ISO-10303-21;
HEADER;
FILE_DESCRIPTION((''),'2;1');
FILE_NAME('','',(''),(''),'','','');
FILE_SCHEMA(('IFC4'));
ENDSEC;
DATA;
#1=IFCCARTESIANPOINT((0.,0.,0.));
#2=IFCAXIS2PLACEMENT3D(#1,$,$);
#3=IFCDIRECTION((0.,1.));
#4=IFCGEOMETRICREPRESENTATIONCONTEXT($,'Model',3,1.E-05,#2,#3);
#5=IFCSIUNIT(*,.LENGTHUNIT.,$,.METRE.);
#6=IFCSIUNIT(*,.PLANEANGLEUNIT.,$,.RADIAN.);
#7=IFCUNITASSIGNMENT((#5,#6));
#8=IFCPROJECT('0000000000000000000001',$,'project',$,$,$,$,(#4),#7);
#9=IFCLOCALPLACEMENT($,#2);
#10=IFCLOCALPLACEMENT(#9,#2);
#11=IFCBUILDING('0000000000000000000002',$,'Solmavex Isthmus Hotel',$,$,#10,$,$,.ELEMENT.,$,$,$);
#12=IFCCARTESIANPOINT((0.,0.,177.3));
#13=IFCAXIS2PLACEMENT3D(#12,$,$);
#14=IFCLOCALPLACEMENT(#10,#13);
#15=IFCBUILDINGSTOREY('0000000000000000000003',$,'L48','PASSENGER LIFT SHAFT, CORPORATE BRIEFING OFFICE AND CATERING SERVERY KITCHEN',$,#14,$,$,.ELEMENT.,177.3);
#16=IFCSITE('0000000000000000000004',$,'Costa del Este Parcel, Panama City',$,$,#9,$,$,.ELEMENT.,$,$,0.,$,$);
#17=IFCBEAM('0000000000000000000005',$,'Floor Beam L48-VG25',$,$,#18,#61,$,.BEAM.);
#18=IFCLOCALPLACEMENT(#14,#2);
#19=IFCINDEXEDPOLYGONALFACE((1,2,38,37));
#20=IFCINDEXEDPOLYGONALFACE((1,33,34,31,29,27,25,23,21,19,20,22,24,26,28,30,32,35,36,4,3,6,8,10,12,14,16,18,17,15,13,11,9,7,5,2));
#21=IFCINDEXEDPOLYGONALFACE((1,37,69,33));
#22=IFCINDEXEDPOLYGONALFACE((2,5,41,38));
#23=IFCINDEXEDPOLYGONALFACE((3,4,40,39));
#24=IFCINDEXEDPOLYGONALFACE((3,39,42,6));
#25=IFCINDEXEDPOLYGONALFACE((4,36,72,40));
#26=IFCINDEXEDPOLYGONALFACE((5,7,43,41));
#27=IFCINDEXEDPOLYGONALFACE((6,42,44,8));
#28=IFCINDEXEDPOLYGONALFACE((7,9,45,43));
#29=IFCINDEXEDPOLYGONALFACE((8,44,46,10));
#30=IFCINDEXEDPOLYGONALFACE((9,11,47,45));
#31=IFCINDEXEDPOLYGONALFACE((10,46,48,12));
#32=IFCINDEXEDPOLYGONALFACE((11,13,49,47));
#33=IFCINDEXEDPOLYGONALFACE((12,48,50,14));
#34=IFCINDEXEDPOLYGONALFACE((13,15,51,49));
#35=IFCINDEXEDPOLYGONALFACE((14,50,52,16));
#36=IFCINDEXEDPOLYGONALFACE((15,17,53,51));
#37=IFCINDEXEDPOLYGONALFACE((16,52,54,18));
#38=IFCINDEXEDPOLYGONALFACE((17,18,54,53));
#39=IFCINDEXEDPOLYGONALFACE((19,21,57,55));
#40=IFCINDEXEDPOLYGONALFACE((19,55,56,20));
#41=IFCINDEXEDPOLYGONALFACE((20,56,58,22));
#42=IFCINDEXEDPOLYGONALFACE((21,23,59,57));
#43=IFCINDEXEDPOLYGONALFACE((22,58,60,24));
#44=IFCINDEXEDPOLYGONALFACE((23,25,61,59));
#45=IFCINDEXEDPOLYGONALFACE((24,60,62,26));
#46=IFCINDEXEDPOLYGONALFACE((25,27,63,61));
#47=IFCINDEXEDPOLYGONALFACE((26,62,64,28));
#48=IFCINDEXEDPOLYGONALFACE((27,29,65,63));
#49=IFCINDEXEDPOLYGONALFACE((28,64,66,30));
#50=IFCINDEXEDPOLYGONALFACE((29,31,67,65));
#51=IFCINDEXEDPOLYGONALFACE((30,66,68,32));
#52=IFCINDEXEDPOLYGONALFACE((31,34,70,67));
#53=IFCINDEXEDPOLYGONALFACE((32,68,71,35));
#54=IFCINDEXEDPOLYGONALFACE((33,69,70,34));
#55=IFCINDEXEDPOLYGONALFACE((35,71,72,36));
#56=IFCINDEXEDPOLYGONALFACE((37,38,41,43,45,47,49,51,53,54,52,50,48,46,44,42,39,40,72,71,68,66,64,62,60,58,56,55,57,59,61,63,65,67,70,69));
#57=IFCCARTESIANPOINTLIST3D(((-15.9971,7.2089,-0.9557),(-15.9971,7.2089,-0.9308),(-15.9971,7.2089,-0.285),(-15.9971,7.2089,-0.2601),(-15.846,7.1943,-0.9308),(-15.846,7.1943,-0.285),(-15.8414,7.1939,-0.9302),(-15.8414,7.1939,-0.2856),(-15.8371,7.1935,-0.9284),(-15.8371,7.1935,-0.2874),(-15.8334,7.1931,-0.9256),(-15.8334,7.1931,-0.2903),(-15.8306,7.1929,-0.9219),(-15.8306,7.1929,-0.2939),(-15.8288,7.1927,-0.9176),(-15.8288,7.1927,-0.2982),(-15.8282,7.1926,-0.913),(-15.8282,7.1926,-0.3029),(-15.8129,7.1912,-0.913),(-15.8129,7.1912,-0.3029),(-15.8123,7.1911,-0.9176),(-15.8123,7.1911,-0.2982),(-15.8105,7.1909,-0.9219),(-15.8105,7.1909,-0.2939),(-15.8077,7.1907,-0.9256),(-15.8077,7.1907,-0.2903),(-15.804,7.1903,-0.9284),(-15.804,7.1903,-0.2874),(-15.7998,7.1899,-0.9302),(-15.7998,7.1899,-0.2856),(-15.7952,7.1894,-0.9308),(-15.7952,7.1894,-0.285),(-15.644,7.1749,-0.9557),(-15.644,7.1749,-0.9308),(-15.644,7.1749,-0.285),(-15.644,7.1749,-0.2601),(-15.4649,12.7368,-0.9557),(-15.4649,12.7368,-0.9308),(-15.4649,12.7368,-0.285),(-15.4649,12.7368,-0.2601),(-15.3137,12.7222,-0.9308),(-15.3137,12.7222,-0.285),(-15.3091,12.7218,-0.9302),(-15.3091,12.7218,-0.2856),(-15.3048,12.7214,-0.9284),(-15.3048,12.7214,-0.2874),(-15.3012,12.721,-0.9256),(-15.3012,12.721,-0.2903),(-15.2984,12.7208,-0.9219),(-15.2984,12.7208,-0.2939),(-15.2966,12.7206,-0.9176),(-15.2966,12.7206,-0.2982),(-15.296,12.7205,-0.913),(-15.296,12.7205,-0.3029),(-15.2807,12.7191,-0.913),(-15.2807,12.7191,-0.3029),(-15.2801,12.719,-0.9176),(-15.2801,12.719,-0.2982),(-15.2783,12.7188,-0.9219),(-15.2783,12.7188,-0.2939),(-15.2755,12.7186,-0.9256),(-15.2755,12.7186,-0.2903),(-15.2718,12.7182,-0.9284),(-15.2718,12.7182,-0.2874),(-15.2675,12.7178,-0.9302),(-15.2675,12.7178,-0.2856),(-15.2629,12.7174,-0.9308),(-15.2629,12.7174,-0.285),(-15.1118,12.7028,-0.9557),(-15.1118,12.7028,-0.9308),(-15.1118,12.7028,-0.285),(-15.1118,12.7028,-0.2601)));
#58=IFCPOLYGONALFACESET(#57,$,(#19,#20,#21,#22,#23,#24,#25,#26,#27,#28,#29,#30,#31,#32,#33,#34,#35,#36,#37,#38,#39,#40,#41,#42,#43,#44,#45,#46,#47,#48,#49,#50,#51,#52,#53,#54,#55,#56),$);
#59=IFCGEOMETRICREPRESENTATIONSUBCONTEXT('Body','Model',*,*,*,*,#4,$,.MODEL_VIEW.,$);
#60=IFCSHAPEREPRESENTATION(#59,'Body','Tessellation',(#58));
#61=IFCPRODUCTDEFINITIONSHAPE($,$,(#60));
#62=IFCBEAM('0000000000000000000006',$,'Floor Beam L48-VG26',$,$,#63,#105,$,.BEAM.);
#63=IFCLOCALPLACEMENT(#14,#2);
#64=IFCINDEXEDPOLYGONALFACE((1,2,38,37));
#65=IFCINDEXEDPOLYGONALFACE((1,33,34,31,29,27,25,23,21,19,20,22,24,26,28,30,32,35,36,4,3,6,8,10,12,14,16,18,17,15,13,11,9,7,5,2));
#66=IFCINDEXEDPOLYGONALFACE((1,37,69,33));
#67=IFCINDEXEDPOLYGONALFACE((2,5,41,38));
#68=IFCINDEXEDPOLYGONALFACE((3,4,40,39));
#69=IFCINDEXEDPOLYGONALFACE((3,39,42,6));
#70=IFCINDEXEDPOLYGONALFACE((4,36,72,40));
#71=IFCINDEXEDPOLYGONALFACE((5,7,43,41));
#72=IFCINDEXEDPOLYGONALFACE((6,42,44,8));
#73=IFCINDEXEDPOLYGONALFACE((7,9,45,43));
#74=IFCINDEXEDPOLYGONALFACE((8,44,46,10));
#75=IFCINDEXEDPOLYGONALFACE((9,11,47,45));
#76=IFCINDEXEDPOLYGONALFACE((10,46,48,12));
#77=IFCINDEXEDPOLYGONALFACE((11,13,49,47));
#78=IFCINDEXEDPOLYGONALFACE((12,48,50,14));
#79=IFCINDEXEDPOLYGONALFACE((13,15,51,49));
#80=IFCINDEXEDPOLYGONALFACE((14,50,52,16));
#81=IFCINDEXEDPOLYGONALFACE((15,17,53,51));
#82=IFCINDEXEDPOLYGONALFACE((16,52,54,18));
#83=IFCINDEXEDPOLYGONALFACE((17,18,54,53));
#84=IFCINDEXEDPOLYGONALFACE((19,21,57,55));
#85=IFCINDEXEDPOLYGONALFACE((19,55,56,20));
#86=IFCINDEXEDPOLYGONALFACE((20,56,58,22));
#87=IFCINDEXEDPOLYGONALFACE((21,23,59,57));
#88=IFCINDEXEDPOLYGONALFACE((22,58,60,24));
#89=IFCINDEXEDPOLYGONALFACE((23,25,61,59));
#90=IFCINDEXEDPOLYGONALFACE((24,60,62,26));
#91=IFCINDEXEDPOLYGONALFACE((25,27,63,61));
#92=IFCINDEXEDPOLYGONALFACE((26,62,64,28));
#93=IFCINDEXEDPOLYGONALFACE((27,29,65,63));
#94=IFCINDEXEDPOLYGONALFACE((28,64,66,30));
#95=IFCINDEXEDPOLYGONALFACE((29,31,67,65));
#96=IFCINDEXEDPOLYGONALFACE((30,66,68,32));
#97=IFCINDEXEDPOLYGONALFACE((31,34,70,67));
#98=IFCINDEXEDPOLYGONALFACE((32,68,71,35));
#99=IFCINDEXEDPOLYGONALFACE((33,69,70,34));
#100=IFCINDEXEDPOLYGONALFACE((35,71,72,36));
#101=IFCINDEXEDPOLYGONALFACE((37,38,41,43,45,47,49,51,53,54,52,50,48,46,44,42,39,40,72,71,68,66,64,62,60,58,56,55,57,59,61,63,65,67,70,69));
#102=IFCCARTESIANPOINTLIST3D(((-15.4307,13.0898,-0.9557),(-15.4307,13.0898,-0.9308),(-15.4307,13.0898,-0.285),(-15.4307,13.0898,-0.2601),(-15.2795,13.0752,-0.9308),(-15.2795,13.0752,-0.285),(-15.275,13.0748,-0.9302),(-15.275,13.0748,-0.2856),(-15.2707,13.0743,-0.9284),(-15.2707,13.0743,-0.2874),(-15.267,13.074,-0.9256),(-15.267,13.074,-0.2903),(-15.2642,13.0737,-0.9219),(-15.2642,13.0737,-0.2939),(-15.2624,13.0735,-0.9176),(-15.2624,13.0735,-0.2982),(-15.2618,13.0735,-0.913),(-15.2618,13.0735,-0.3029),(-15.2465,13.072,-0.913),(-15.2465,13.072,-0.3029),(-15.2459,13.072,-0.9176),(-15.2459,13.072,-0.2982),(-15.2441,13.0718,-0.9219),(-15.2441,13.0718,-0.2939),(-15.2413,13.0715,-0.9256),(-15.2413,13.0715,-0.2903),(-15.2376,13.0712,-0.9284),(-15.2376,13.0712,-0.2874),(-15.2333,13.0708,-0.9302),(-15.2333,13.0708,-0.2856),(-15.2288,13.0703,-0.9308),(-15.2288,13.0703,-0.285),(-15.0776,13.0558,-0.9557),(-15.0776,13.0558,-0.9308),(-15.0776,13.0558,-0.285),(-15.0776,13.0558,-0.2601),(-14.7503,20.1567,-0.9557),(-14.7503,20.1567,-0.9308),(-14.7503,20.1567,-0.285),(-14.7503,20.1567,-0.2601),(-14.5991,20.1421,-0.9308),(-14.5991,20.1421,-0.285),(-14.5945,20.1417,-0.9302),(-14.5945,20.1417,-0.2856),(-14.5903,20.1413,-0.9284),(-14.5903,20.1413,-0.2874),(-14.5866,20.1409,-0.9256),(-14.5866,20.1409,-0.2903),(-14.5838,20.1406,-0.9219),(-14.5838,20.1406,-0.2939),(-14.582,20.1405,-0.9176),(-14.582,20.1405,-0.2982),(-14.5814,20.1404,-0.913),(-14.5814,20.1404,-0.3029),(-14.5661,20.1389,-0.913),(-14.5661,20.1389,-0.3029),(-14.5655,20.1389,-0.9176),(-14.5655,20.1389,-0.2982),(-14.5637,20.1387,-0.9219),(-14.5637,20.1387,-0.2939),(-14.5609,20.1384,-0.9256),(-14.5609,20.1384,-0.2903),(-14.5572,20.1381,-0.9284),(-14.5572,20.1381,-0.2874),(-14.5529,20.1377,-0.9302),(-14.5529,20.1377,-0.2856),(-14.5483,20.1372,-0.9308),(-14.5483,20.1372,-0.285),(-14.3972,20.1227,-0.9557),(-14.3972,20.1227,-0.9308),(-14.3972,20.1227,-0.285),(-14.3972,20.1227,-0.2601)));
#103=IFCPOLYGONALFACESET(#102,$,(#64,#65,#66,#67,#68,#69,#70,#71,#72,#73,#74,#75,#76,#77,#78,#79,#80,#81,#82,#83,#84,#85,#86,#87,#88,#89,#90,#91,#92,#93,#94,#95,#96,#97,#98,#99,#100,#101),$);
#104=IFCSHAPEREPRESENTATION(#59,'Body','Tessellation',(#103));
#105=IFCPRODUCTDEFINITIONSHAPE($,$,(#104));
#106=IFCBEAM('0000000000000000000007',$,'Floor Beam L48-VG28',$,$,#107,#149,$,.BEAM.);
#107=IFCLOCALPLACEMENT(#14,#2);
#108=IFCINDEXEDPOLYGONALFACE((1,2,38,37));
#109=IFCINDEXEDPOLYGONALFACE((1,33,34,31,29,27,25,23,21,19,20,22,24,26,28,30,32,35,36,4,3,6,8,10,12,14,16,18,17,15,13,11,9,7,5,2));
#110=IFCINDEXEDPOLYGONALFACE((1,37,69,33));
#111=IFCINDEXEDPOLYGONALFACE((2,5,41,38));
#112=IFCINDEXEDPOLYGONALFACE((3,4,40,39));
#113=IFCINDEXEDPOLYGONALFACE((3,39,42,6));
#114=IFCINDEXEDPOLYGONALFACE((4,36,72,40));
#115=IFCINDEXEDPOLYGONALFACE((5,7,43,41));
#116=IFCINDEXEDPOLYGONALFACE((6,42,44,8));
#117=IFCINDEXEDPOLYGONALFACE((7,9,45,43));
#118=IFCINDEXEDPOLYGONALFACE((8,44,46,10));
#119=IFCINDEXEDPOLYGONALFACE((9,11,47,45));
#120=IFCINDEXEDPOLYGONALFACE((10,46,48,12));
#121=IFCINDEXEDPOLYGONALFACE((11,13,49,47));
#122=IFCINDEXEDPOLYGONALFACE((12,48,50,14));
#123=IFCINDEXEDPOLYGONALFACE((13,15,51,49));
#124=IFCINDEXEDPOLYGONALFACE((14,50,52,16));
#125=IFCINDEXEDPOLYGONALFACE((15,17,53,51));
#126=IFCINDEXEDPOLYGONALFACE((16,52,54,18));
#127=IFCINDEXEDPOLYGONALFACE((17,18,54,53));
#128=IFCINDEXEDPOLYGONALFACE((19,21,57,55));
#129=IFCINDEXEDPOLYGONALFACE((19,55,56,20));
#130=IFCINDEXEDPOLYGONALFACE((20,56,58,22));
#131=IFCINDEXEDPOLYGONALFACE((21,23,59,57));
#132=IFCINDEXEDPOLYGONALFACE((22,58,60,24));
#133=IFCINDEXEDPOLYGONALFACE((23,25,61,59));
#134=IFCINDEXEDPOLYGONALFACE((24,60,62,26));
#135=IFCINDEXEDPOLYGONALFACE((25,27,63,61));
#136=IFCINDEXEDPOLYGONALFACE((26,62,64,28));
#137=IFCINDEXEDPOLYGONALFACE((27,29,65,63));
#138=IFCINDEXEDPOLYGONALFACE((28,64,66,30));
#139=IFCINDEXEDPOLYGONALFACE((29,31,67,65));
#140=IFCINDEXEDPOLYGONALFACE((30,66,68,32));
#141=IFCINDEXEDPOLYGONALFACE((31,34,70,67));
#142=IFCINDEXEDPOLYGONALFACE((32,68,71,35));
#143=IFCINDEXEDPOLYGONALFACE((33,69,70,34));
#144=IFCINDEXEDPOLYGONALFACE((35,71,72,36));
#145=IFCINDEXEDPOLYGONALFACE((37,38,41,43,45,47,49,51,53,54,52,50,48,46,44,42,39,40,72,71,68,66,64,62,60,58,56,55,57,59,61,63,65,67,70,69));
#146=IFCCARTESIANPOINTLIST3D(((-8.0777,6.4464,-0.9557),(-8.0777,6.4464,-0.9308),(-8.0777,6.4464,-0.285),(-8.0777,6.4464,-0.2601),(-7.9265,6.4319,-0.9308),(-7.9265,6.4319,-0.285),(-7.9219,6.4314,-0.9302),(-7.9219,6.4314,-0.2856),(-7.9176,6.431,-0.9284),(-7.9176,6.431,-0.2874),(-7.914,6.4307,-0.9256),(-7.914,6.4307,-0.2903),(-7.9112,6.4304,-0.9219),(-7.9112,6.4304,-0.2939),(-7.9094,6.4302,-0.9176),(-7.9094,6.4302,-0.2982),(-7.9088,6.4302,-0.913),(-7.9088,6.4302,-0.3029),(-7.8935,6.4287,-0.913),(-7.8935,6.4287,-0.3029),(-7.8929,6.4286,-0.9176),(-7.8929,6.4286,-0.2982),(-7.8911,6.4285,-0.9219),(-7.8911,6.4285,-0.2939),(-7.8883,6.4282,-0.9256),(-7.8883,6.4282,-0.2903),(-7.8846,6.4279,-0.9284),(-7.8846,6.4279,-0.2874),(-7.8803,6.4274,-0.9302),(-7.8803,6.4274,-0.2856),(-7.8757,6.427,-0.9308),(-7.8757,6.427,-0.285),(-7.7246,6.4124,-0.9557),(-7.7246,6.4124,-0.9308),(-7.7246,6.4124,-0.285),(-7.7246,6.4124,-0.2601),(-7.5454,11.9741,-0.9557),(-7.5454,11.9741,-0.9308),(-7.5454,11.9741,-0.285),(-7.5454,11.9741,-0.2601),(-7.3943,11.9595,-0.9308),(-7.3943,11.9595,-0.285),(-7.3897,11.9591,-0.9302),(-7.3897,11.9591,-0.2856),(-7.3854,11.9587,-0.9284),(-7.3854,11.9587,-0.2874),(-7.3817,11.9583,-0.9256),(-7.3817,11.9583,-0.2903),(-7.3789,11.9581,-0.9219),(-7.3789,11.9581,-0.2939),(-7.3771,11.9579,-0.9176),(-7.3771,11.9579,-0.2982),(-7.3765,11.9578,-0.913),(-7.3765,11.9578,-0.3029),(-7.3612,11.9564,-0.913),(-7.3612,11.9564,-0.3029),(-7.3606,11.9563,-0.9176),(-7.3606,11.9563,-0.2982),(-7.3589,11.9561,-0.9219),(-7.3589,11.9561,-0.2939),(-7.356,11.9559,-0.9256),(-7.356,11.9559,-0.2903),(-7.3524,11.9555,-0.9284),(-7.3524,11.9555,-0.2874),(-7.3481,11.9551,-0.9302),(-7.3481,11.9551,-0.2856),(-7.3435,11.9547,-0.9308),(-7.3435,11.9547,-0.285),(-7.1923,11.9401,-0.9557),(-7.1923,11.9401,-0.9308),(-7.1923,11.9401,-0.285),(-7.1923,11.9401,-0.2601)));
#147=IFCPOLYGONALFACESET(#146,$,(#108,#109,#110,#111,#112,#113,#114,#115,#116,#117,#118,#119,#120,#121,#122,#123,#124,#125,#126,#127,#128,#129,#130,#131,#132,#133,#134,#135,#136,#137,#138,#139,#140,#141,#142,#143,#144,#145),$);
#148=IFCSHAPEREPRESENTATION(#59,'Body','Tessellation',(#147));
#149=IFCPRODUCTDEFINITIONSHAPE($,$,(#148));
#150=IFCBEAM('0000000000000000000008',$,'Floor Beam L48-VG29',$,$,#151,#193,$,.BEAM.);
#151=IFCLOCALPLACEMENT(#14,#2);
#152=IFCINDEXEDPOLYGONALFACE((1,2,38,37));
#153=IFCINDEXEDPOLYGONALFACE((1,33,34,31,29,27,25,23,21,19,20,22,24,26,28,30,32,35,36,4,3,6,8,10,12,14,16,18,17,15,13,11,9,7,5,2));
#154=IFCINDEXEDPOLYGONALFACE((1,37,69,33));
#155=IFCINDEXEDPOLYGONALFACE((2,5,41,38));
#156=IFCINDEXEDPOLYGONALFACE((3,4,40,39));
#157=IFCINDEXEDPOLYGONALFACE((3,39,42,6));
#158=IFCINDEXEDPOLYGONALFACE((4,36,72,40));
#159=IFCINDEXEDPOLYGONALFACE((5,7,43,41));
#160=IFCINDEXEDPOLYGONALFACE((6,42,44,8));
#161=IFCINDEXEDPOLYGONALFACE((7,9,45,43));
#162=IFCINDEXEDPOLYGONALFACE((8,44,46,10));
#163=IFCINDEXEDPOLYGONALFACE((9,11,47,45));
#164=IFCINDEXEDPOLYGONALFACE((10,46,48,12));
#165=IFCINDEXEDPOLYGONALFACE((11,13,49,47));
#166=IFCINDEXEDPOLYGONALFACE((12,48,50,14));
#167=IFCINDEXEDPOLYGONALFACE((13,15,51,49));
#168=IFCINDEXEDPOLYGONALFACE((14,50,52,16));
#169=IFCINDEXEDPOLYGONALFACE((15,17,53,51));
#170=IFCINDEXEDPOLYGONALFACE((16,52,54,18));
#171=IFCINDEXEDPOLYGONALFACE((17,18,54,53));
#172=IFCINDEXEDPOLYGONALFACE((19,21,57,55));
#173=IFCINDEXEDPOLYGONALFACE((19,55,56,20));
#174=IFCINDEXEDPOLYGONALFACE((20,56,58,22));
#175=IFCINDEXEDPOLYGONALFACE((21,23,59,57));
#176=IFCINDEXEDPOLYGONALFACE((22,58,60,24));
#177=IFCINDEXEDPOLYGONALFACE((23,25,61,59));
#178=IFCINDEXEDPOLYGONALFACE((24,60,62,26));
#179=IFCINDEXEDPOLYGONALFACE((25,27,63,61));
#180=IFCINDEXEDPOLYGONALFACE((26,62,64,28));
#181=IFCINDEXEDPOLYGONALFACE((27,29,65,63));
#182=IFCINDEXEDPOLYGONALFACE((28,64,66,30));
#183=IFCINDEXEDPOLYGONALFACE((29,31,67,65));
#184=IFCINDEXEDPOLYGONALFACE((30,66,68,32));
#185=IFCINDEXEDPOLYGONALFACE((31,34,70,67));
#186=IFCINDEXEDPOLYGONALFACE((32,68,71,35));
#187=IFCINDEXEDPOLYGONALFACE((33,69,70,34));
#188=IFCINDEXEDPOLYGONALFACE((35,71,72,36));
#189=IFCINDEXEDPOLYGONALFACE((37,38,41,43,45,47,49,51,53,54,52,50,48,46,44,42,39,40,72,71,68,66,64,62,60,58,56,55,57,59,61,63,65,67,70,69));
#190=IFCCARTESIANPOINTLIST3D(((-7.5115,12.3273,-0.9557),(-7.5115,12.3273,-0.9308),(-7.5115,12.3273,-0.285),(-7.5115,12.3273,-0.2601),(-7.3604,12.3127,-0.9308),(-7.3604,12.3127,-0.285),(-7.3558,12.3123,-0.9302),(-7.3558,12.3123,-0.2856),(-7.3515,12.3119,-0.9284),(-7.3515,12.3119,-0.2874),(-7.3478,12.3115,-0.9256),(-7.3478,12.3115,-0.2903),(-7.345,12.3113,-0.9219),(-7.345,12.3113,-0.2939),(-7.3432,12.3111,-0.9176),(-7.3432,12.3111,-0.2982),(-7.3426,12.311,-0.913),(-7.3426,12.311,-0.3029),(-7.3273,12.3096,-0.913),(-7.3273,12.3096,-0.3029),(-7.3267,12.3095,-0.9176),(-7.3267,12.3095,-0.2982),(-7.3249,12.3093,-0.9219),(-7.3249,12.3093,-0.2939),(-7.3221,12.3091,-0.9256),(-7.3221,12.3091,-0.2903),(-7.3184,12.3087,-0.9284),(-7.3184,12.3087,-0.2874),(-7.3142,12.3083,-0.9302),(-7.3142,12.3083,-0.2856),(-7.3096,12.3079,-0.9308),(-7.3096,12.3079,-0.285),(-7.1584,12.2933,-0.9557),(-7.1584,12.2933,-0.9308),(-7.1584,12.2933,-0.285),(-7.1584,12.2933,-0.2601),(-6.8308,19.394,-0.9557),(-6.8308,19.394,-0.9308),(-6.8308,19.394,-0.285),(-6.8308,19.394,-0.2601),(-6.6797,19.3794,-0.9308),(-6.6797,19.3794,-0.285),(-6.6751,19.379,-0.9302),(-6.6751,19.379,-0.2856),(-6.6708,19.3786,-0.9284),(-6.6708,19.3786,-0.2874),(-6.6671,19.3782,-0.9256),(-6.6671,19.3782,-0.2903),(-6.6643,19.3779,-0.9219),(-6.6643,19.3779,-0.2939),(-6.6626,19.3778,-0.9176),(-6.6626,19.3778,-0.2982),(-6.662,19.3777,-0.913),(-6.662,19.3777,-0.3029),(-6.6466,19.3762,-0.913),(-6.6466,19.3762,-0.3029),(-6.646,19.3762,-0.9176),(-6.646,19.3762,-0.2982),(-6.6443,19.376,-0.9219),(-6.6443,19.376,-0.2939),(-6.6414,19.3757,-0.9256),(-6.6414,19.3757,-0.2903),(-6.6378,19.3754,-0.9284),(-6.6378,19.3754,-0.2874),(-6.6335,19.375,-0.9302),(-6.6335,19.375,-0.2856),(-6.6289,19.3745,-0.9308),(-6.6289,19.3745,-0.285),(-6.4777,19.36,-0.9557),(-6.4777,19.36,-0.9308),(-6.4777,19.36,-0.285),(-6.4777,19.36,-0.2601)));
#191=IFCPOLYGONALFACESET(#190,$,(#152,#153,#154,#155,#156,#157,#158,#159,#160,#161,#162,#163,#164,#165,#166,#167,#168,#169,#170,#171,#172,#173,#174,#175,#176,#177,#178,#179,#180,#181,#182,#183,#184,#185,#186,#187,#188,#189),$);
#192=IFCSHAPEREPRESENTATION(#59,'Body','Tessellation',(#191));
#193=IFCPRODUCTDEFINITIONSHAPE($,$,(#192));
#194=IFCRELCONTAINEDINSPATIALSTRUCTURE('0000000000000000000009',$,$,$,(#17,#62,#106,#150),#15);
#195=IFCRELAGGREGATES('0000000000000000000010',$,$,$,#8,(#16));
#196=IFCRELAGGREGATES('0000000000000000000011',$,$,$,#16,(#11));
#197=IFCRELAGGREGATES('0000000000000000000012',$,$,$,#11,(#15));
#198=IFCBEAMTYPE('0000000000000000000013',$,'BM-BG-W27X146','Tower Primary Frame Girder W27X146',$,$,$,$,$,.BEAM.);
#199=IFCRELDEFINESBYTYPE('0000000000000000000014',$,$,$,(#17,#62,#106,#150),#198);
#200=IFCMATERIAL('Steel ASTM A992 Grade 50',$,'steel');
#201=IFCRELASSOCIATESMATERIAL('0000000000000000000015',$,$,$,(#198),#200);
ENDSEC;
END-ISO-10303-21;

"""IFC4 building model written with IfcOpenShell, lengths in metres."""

from ifc_helpers import new_model, si_unit, direction, frame, origin, origin_2d, place, context, subcontext, project, spatial, i_section, extrude, material, material_profile, profile_set, type_object, element, save


model = new_model("IFC4")

# Units and contexts
model_context = context("Model", 3, precision=1e-05, world=origin(), true_north=direction((0.0, 1.0)))
body_context = subcontext(model_context, "Body", "Model", "MODEL_VIEW")
ifc_project = project(units=[si_unit("LENGTHUNIT", "METRE"), si_unit("PLANEANGLEUNIT", "RADIAN")], contexts=[model_context])

# Site, building, storey
site_placement = place(None, origin())
site = spatial("IfcSite", under=ifc_project, at=site_placement, Name="Costa del Este Parcel, Panama City", CompositionType="ELEMENT", RefElevation=0.0)
building_placement = place(site_placement, origin())
building = spatial("IfcBuilding", under=site, at=building_placement, Name="Solmavex Isthmus Hotel", CompositionType="ELEMENT")
storey_placement = place(building_placement, frame((0.0, 0.0, 177.3)))
storey = spatial("IfcBuildingStorey", under=building, at=storey_placement, Name="L48", Description="PASSENGER LIFT SHAFT, CORPORATE BRIEFING OFFICE AND CATERING SERVERY KITCHEN", CompositionType="ELEMENT", Elevation=177.3)

# Beams
ifc_material_1 = material(Name="Steel ASTM A992 Grade 50", Category="steel")
ifc_material_profile_1 = material_profile(ifc_material_1, i_section(OverallWidth=0.3547, OverallDepth=0.6956, WebThickness=0.0154, FlangeThickness=0.0249, FilletRadius=0.0178, at=origin_2d()), Name="W27X146")
ifc_profile_set_1 = profile_set([ifc_material_profile_1], Name="Steel ASTM A992 Grade 50")
beam_type_1 = type_object("IfcBeamType", Name="BM-BG-W27X146", Description="Tower Primary Frame Girder W27X146", PredefinedType="BEAM", material=ifc_profile_set_1)
beam_1_placement = place(storey_placement, frame((-15.8206, 7.1919, -0.6079), z_axis=(0.095838, 0.995397, 0.0), x_axis=(-0.995397, 0.095838, 0.0)))
element("IfcBeam", 1, at=beam_1_placement, inside=storey, type_object=beam_type_1, Name="Floor Beam L48-VG25", PredefinedType="BEAM", context=body_context, shape_type="SweptSolid", body=[
    extrude(i_section(OverallWidth=0.3547, OverallDepth=0.6956, WebThickness=0.0154, FlangeThickness=0.0249, FilletRadius=0.0178, at=origin_2d()), origin(), (0.0, 0.0, 1.0), 5.5535),
])
beam_2_placement = place(storey_placement, frame((-15.2542, 13.0728, -0.6079), z_axis=(0.09584, 0.995397, 0.0), x_axis=(-0.995397, 0.09584, 0.0)))
element("IfcBeam", 2, at=beam_2_placement, inside=storey, type_object=beam_type_1, Name="Floor Beam L48-VG26", PredefinedType="BEAM", context=body_context, shape_type="SweptSolid", body=[
    extrude(i_section(OverallWidth=0.3547, OverallDepth=0.6956, WebThickness=0.0154, FlangeThickness=0.0249, FilletRadius=0.0178, at=origin_2d()), origin(), (0.0, 0.0, 1.0), 7.0996),
])
beam_3_placement = place(storey_placement, frame((-7.9011, 6.4294, -0.6079), z_axis=(0.095842, 0.995397, 0.0), x_axis=(-0.995397, 0.095842, 0.0)))
element("IfcBeam", 3, at=beam_3_placement, inside=storey, type_object=beam_type_1, Name="Floor Beam L48-VG28", PredefinedType="BEAM", context=body_context, shape_type="SweptSolid", body=[
    extrude(i_section(OverallWidth=0.3547, OverallDepth=0.6956, WebThickness=0.0154, FlangeThickness=0.0249, FilletRadius=0.0178, at=origin_2d()), origin(), (0.0, 0.0, 1.0), 5.5532),
])
beam_4_placement = place(storey_placement, frame((-7.335, 12.3103, -0.6079), z_axis=(0.095877, 0.995393, 0.0), x_axis=(-0.995393, 0.095877, 0.0)))
element("IfcBeam", 4, at=beam_4_placement, inside=storey, type_object=beam_type_1, Name="Floor Beam L48-VG29", PredefinedType="BEAM", context=body_context, shape_type="SweptSolid", body=[
    extrude(i_section(OverallWidth=0.3547, OverallDepth=0.6956, WebThickness=0.0154, FlangeThickness=0.0249, FilletRadius=0.0178, at=origin_2d()), origin(), (0.0, 0.0, 1.0), 7.0994),
])

save(model, "model.ifc")
